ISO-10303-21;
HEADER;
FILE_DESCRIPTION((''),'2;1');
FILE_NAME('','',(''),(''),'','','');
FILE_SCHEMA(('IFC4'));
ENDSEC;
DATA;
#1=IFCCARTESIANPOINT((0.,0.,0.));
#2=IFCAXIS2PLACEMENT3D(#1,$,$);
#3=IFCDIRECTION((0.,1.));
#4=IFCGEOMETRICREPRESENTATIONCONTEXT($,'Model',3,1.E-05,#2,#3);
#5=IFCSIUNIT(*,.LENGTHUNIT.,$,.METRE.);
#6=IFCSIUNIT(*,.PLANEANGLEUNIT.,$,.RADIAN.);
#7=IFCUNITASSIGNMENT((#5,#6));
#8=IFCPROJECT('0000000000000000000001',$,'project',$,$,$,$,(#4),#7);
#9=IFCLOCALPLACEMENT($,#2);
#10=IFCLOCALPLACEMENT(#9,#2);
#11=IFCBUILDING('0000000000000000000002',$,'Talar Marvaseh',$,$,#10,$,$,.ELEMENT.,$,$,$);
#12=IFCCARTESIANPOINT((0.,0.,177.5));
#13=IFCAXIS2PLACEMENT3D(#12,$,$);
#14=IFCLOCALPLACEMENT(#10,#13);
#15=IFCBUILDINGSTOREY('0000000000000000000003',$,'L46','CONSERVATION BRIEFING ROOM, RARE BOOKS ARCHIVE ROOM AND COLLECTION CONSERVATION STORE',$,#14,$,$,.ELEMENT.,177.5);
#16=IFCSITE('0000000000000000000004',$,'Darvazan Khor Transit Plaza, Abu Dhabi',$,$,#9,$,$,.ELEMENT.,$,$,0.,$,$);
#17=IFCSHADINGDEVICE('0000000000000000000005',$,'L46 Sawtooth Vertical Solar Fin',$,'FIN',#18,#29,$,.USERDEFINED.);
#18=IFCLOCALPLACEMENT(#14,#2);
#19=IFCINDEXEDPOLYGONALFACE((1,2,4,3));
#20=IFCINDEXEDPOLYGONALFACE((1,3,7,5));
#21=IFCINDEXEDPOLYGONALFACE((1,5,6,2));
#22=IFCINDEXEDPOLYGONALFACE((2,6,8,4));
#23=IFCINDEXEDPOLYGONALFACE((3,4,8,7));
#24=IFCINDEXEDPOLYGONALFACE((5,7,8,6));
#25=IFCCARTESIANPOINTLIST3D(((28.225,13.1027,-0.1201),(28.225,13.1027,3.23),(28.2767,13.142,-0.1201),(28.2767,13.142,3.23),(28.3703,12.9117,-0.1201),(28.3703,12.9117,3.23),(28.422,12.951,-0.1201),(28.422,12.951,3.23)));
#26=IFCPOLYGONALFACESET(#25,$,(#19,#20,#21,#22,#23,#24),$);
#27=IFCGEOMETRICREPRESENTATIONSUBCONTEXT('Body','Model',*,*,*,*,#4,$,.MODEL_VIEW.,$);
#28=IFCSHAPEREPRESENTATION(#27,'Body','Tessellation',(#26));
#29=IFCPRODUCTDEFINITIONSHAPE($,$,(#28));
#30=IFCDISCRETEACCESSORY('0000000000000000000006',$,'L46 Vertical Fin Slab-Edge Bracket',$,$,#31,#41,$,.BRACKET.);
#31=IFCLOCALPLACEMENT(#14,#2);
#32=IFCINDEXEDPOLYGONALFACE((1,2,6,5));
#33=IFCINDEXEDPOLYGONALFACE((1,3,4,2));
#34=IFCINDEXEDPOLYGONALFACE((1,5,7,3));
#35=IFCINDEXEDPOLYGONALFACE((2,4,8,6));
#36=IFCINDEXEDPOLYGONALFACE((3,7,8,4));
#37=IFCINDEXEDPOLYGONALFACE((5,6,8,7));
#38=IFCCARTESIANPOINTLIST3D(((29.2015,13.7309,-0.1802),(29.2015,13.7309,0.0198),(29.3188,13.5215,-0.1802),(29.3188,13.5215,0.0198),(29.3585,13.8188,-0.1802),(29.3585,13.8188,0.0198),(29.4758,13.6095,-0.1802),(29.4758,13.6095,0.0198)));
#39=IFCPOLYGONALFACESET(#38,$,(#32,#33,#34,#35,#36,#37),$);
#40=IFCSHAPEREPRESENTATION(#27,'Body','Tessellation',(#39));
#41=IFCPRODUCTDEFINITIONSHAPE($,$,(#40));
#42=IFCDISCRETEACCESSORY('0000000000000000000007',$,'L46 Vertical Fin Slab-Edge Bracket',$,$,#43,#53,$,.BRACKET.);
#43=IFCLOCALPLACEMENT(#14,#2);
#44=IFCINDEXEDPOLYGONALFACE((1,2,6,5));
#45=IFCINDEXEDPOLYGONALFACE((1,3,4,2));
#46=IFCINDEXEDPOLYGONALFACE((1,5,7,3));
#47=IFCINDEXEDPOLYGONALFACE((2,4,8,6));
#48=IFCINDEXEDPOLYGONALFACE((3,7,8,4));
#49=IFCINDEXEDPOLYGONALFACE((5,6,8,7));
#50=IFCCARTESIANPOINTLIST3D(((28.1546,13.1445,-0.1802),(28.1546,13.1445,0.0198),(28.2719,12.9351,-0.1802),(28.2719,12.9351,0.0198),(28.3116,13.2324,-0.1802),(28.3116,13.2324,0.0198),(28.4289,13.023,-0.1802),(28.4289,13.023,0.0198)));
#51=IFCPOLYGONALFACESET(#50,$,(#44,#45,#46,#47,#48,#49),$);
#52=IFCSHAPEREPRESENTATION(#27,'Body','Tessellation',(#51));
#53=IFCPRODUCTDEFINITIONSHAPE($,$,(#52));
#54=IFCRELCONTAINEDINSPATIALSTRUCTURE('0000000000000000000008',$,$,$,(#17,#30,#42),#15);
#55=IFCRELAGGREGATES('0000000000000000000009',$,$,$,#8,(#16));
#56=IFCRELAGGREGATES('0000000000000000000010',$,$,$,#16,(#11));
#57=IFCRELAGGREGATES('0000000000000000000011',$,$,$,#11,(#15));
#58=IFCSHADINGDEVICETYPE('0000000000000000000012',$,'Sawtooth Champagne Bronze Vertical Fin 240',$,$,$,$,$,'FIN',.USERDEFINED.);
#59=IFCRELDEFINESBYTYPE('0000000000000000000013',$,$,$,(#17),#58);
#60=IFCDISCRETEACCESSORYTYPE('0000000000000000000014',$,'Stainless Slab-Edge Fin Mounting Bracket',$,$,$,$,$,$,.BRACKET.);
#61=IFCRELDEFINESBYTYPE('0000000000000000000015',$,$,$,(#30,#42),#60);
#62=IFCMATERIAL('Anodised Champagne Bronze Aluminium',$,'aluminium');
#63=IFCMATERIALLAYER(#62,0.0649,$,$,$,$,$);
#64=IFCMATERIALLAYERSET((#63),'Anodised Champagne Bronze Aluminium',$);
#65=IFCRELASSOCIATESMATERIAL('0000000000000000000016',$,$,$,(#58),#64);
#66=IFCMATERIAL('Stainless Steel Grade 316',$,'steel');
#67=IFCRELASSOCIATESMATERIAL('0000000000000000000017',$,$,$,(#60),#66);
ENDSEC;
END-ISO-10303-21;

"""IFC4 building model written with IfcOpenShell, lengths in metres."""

from ifc_helpers import new_model, si_unit, direction, frame, origin, origin_2d, place, context, subcontext, project, spatial, rectangle, extrude, source, transform, mapped, material, layer, layer_set, type_object, type_shapes, element, save


model = new_model("IFC4")

# Units and contexts
model_context = context("Model", 3, precision=1e-05, world=origin(), true_north=direction((0.0, 1.0)))
body_context = subcontext(model_context, "Body", "Model", "MODEL_VIEW")
ifc_project = project(units=[si_unit("LENGTHUNIT", "METRE"), si_unit("PLANEANGLEUNIT", "RADIAN")], contexts=[model_context])

# Site, building, storey
site_placement = place(None, origin())
site = spatial("IfcSite", under=ifc_project, at=site_placement, Name="Darvazan Khor Transit Plaza, Abu Dhabi", CompositionType="ELEMENT", RefElevation=0.0)
building_placement = place(site_placement, origin())
building = spatial("IfcBuilding", under=site, at=building_placement, Name="Talar Marvaseh", CompositionType="ELEMENT")
storey_placement = place(building_placement, frame((0.0, 0.0, 177.5)))
storey = spatial("IfcBuildingStorey", under=building, at=storey_placement, Name="L46", Description="CONSERVATION BRIEFING ROOM, RARE BOOKS ARCHIVE ROOM AND COLLECTION CONSERVATION STORE", CompositionType="ELEMENT", Elevation=177.5)

# Shading device
ifc_material_1 = material(Name="Anodised Champagne Bronze Aluminium", Category="aluminium")
ifc_layer_1 = layer(ifc_material_1, 0.0649)
ifc_layer_set_1 = layer_set([ifc_layer_1], Name="Anodised Champagne Bronze Aluminium")
shading_device_type = type_object("IfcShadingDeviceType", Name="Sawtooth Champagne Bronze Vertical Fin 240", ElementType="FIN", PredefinedType="USERDEFINED", material=ifc_layer_set_1)
shared_shape_1 = source(origin(), body_context, "Body", "SweptSolid", [
    extrude(rectangle(XDim=0.24, YDim=0.0649, at=origin_2d()), origin(), (0.0, 0.0, 1.0), 3.3501),
])
type_shapes(shading_device_type, [shared_shape_1])
for number, where, z_axis, x_axis, name in (
    (1, (28.3235, 13.0269, -0.1201), (0.0, 0.0, 1.0), (0.605433, -0.795896, 0.0), "L46 Sawtooth Vertical Solar Fin"),
):
    element("IfcShadingDevice", number, at=place(storey_placement, frame(where, z_axis=z_axis, x_axis=x_axis)), inside=storey, type_object=shading_device_type, Name=name, ObjectType="FIN", PredefinedType="USERDEFINED", context=body_context, shape_type="MappedRepresentation", body=[
        mapped(shared_shape_1, transform((0.0, 0.0, 0.0), x_axis=(1.0, 0.0, 0.0), y_axis=(0.0, 1.0, 0.0), z_axis=(0.0, 0.0, 1.0), scale=1.0)),
    ])

# Discrete accessories
ifc_material_2 = material(Name="Stainless Steel Grade 316", Category="steel")
discrete_accessory_type = type_object("IfcDiscreteAccessoryType", Name="Stainless Slab-Edge Fin Mounting Bracket", PredefinedType="BRACKET", material=ifc_material_2)
shared_shape_2 = source(origin(), body_context, "Body", "SweptSolid", [
    extrude(rectangle(XDim=0.24, YDim=0.1799, at=origin_2d()), origin(), (0.0, 0.0, 1.0), 0.2),
])
type_shapes(discrete_accessory_type, [shared_shape_2])
for number, where, z_axis, x_axis, name in (
    (2, (29.3386, 13.6702, -0.1802), (0.0, 0.0, 1.0), (0.488774, -0.872411, 0.0), "L46 Vertical Fin Slab-Edge Bracket"),
    (3, (28.2917, 13.0837, -0.1802), (0.0, 0.0, 1.0), (0.488774, -0.872411, 0.0), "L46 Vertical Fin Slab-Edge Bracket"),
):
    element("IfcDiscreteAccessory", number, at=place(storey_placement, frame(where, z_axis=z_axis, x_axis=x_axis)), inside=storey, type_object=discrete_accessory_type, Name=name, PredefinedType="BRACKET", context=body_context, shape_type="MappedRepresentation", body=[
        mapped(shared_shape_2, transform((0.0, 0.0, 0.0), x_axis=(1.0, 0.0, 0.0), y_axis=(0.0, 1.0, 0.0), z_axis=(0.0, 0.0, 1.0), scale=1.0)),
    ])

save(model, "model.ifc")
